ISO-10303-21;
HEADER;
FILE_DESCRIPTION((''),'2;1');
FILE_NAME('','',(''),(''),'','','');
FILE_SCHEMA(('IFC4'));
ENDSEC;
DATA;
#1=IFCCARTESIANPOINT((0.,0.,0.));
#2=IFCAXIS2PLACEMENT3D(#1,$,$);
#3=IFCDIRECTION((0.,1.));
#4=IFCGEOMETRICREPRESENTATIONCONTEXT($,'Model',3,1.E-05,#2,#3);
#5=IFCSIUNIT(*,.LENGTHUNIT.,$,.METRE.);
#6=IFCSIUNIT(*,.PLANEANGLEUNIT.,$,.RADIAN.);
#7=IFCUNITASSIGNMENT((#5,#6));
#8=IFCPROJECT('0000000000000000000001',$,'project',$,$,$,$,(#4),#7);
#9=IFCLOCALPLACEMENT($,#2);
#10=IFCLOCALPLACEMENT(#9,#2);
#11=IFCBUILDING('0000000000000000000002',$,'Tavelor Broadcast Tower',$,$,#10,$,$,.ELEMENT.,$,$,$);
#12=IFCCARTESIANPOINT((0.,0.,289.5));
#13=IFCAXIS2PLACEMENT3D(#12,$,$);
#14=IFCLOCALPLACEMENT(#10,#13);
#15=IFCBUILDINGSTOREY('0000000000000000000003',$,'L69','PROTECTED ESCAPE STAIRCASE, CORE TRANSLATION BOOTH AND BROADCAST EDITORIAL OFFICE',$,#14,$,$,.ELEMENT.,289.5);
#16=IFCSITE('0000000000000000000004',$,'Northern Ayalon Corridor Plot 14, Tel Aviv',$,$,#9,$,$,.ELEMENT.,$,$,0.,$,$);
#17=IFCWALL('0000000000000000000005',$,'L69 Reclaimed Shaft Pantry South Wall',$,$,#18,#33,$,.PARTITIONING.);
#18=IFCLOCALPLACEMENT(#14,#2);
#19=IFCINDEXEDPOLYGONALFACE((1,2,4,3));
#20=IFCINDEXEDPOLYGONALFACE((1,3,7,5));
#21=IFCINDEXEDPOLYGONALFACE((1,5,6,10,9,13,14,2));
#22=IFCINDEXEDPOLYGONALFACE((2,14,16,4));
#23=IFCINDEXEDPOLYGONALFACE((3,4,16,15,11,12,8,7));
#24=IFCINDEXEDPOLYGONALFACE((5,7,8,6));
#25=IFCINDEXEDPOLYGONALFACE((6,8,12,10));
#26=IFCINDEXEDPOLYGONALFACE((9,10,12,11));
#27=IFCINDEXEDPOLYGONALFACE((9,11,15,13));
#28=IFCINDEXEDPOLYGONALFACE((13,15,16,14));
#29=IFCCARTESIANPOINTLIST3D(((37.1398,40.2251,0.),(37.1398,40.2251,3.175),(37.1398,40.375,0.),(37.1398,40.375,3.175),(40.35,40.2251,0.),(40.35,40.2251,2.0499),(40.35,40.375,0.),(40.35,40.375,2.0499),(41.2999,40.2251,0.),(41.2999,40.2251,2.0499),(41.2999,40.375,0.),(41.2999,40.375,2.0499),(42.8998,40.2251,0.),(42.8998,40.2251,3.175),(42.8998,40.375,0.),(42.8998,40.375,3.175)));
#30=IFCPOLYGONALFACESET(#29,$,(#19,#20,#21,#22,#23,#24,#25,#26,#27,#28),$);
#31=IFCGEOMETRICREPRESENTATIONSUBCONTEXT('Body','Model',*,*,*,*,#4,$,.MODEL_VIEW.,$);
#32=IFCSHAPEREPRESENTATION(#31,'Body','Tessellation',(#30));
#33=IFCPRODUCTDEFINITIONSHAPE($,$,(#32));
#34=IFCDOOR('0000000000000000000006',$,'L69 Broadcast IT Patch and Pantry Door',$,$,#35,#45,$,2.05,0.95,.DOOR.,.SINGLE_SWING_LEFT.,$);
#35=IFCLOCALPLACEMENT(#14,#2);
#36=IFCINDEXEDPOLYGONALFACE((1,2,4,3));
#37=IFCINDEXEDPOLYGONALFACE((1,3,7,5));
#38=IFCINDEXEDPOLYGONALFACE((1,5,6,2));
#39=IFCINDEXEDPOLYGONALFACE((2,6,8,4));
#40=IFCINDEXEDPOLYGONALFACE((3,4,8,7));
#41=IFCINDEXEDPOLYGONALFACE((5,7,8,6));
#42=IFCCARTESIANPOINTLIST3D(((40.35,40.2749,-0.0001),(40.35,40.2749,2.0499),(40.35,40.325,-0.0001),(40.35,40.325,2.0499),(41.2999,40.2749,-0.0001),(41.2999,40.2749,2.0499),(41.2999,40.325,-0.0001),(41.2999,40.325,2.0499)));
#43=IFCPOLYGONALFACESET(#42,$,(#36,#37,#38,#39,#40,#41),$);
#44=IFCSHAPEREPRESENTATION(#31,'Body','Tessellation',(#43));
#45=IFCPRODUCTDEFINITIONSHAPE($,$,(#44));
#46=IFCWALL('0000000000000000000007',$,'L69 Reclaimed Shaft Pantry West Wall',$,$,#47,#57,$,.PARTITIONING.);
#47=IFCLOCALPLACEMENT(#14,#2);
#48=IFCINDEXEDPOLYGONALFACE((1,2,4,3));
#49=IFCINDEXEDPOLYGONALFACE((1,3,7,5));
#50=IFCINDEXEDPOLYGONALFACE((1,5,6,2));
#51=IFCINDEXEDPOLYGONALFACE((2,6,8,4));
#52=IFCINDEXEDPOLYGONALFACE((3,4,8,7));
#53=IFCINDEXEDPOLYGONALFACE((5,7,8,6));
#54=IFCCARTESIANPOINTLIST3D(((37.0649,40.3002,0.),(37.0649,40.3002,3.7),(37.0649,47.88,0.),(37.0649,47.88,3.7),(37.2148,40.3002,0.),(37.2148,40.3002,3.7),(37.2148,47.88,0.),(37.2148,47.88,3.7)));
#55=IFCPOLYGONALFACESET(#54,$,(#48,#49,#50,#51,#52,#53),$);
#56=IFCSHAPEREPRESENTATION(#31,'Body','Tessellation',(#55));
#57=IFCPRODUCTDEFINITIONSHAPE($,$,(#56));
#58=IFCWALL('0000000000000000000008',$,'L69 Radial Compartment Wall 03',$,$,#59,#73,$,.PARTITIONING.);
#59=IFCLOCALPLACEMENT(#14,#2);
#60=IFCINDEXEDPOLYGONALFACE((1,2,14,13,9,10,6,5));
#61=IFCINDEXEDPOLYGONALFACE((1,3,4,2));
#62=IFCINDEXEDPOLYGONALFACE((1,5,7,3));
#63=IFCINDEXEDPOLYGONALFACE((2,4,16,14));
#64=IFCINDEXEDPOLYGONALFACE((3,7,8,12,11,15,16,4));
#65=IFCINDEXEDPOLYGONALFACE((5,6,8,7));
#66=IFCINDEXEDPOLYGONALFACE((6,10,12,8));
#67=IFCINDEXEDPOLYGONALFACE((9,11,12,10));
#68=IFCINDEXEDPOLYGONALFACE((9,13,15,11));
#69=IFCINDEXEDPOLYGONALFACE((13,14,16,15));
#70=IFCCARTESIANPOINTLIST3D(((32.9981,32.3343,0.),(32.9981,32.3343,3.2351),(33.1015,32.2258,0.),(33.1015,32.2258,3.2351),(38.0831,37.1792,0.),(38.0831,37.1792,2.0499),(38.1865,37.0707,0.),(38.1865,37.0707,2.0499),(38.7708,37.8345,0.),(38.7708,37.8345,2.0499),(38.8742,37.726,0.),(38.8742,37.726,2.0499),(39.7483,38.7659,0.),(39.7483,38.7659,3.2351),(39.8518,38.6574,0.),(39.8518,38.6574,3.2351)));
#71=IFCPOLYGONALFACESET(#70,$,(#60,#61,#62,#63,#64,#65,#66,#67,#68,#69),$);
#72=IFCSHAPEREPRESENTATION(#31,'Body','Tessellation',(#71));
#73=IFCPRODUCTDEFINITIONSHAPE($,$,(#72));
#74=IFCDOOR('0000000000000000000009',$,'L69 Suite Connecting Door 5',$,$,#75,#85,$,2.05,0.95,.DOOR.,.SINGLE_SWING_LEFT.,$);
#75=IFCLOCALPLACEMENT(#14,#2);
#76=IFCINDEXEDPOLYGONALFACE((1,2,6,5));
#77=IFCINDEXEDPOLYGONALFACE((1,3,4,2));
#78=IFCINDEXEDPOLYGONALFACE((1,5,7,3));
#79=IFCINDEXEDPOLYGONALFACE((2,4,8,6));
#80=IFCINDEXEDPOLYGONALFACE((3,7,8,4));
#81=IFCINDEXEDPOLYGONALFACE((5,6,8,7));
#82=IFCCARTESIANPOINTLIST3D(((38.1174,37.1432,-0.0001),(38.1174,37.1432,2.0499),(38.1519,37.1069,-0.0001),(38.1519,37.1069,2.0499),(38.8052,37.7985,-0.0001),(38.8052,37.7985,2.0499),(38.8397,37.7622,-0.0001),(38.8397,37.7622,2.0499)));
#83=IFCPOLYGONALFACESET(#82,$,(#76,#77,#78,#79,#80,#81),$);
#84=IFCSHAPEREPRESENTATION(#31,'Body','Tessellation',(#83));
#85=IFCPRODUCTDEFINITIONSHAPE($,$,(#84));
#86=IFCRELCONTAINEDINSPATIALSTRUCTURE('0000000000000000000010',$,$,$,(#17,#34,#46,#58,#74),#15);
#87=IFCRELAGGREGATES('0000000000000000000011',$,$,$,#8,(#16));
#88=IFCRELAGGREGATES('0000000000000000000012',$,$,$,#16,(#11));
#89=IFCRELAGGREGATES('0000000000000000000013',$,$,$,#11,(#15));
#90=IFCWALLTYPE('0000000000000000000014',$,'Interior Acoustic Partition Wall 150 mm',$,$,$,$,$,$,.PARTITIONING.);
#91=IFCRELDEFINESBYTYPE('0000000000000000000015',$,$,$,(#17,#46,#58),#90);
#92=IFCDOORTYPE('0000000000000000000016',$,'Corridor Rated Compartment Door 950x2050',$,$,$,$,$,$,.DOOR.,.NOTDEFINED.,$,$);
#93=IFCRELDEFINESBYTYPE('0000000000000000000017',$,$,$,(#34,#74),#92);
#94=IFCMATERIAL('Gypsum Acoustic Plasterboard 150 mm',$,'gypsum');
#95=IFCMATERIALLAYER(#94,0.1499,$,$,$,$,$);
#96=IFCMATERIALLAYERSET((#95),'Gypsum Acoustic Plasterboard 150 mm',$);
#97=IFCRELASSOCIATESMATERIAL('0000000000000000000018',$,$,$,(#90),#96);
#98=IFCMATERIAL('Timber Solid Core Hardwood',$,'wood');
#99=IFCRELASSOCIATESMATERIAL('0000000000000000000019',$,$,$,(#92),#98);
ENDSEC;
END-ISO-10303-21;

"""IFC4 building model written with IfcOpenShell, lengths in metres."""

from ifc_helpers import new_model, si_unit, direction, frame, frame_2d, origin, place, context, subcontext, project, spatial, rectangle, extrude, material, layer, layer_set, type_object, element, fill, save


model = new_model("IFC4")

# Units and contexts
model_context = context("Model", 3, precision=1e-05, world=origin(), true_north=direction((0.0, 1.0)))
body_context = subcontext(model_context, "Body", "Model", "MODEL_VIEW")
ifc_project = project(units=[si_unit("LENGTHUNIT", "METRE"), si_unit("PLANEANGLEUNIT", "RADIAN")], contexts=[model_context])

# Site, building, storey
site_placement = place(None, origin())
site = spatial("IfcSite", under=ifc_project, at=site_placement, Name="Northern Ayalon Corridor Plot 14, Tel Aviv", CompositionType="ELEMENT", RefElevation=0.0)
building_placement = place(site_placement, origin())
building = spatial("IfcBuilding", under=site, at=building_placement, Name="Tavelor Broadcast Tower", CompositionType="ELEMENT")
storey_placement = place(building_placement, frame((0.0, 0.0, 289.5)))
storey = spatial("IfcBuildingStorey", under=building, at=storey_placement, Name="L69", Description="PROTECTED ESCAPE STAIRCASE, CORE TRANSLATION BOOTH AND BROADCAST EDITORIAL OFFICE", CompositionType="ELEMENT", Elevation=289.5)

# Wall, opening, door
ifc_material_1 = material(Name="Gypsum Acoustic Plasterboard 150 mm", Category="gypsum")
ifc_layer_1 = layer(ifc_material_1, 0.1499)
ifc_layer_set_1 = layer_set([ifc_layer_1], Name="Gypsum Acoustic Plasterboard 150 mm")
wall_type_1 = type_object("IfcWallType", Name="Interior Acoustic Partition Wall 150 mm", PredefinedType="PARTITIONING", material=ifc_layer_set_1)
wall_1_placement = place(storey_placement, frame((37.1399, 40.3, 0.0), z_axis=(0.0, 0.0, 1.0), x_axis=(1.0, 0.0, 0.0)))
wall_1 = element("IfcWall", 1, at=wall_1_placement, inside=storey, type_object=wall_type_1, Name="L69 Reclaimed Shaft Pantry South Wall", PredefinedType="PARTITIONING", context=body_context, shape_type="SweptSolid", body=[
    extrude(rectangle(XDim=5.76, YDim=0.1499, at=frame_2d((2.8799, 0.0))), origin(), (0.0, 0.0, 1.0), 3.175),
])
opening_1_placement = place(wall_1_placement, frame((3.21, 0.0, 0.0)))
opening_1 = element("IfcOpeningElement", 2, at=opening_1_placement, cuts=wall_1, PredefinedType="OPENING", context=body_context, shape_type="SweptSolid", body=[
    extrude(rectangle(XDim=0.95, YDim=2.05, at=frame_2d((0.4751, 1.0249))), frame((0.0, 0.085, 0.0), z_axis=(0.0, -1.0, 0.0), x_axis=(1.0, 0.0, 0.0)), (0.0, 0.0, 1.0), 0.1699),
])
ifc_material_2 = material(Name="Timber Solid Core Hardwood", Category="wood")
door_type_1 = type_object("IfcDoorType", Name="Corridor Rated Compartment Door 950x2050", OperationType="NOTDEFINED", PredefinedType="DOOR", material=ifc_material_2)
door_1_placement = place(opening_1_placement, origin())
door_1 = element("IfcDoor", 3, at=door_1_placement, inside=storey, type_object=door_type_1, Name="L69 Broadcast IT Patch and Pantry Door", OperationType="SINGLE_SWING_LEFT", OverallHeight=2.05, OverallWidth=0.95, PredefinedType="DOOR", context=body_context, shape_type="SweptSolid", body=[
    extrude(rectangle(XDim=0.95, YDim=2.05, at=frame_2d((0.4751, 1.0249))), frame((0.0, 0.0249, 0.0), z_axis=(0.0, -1.0, 0.0), x_axis=(1.0, 0.0, 0.0)), (0.0, 0.0, 1.0), 0.05),
])
fill(opening_1, door_1)

# Wall
wall_2_placement = place(storey_placement, frame((37.1399, 40.3, 0.0), z_axis=(0.0, 0.0, 1.0), x_axis=(0.0, 1.0, 0.0)))
element("IfcWall", 4, at=wall_2_placement, inside=storey, type_object=wall_type_1, Name="L69 Reclaimed Shaft Pantry West Wall", PredefinedType="PARTITIONING", context=body_context, shape_type="SweptSolid", body=[
    extrude(rectangle(XDim=7.5798, YDim=0.1499, at=frame_2d((3.79, 0.0))), origin(), (0.0, 0.0, 1.0), 3.7),
])

# Wall, opening, door
wall_3_placement = place(storey_placement, frame((39.8, 38.7117, 0.0), z_axis=(0.0, 0.0, 1.0), x_axis=(-0.723986, -0.689815, 0.0)))
wall_3 = element("IfcWall", 5, at=wall_3_placement, inside=storey, type_object=wall_type_1, Name="L69 Radial Compartment Wall 03", PredefinedType="PARTITIONING", context=body_context, shape_type="SweptSolid", body=[
    extrude(rectangle(XDim=9.3237, YDim=0.1499, at=frame_2d((4.6619, 0.0))), origin(), (0.0, 0.0, 1.0), 3.2351),
])
opening_2_placement = place(wall_3_placement, frame((1.3501, 0.0, 0.0)))
opening_2 = element("IfcOpeningElement", 6, at=opening_2_placement, cuts=wall_3, PredefinedType="OPENING", context=body_context, shape_type="SweptSolid", body=[
    extrude(rectangle(XDim=0.95, YDim=2.05, at=frame_2d((0.4751, 1.0249))), frame((0.0, 0.085, 0.0), z_axis=(0.0, -1.0, 0.0), x_axis=(1.0, 0.0, 0.0)), (0.0, 0.0, 1.0), 0.1699),
])
door_2_placement = place(opening_2_placement, origin())
door_2 = element("IfcDoor", 7, at=door_2_placement, inside=storey, type_object=door_type_1, Name="L69 Suite Connecting Door 5", OperationType="SINGLE_SWING_LEFT", OverallHeight=2.05, OverallWidth=0.95, PredefinedType="DOOR", context=body_context, shape_type="SweptSolid", body=[
    extrude(rectangle(XDim=0.95, YDim=2.05, at=frame_2d((0.4751, 1.0249))), frame((0.0, 0.0249, 0.0), z_axis=(0.0, -1.0, 0.0), x_axis=(1.0, 0.0, 0.0)), (0.0, 0.0, 1.0), 0.05),
])
fill(opening_2, door_2)

save(model, "model.ifc")
